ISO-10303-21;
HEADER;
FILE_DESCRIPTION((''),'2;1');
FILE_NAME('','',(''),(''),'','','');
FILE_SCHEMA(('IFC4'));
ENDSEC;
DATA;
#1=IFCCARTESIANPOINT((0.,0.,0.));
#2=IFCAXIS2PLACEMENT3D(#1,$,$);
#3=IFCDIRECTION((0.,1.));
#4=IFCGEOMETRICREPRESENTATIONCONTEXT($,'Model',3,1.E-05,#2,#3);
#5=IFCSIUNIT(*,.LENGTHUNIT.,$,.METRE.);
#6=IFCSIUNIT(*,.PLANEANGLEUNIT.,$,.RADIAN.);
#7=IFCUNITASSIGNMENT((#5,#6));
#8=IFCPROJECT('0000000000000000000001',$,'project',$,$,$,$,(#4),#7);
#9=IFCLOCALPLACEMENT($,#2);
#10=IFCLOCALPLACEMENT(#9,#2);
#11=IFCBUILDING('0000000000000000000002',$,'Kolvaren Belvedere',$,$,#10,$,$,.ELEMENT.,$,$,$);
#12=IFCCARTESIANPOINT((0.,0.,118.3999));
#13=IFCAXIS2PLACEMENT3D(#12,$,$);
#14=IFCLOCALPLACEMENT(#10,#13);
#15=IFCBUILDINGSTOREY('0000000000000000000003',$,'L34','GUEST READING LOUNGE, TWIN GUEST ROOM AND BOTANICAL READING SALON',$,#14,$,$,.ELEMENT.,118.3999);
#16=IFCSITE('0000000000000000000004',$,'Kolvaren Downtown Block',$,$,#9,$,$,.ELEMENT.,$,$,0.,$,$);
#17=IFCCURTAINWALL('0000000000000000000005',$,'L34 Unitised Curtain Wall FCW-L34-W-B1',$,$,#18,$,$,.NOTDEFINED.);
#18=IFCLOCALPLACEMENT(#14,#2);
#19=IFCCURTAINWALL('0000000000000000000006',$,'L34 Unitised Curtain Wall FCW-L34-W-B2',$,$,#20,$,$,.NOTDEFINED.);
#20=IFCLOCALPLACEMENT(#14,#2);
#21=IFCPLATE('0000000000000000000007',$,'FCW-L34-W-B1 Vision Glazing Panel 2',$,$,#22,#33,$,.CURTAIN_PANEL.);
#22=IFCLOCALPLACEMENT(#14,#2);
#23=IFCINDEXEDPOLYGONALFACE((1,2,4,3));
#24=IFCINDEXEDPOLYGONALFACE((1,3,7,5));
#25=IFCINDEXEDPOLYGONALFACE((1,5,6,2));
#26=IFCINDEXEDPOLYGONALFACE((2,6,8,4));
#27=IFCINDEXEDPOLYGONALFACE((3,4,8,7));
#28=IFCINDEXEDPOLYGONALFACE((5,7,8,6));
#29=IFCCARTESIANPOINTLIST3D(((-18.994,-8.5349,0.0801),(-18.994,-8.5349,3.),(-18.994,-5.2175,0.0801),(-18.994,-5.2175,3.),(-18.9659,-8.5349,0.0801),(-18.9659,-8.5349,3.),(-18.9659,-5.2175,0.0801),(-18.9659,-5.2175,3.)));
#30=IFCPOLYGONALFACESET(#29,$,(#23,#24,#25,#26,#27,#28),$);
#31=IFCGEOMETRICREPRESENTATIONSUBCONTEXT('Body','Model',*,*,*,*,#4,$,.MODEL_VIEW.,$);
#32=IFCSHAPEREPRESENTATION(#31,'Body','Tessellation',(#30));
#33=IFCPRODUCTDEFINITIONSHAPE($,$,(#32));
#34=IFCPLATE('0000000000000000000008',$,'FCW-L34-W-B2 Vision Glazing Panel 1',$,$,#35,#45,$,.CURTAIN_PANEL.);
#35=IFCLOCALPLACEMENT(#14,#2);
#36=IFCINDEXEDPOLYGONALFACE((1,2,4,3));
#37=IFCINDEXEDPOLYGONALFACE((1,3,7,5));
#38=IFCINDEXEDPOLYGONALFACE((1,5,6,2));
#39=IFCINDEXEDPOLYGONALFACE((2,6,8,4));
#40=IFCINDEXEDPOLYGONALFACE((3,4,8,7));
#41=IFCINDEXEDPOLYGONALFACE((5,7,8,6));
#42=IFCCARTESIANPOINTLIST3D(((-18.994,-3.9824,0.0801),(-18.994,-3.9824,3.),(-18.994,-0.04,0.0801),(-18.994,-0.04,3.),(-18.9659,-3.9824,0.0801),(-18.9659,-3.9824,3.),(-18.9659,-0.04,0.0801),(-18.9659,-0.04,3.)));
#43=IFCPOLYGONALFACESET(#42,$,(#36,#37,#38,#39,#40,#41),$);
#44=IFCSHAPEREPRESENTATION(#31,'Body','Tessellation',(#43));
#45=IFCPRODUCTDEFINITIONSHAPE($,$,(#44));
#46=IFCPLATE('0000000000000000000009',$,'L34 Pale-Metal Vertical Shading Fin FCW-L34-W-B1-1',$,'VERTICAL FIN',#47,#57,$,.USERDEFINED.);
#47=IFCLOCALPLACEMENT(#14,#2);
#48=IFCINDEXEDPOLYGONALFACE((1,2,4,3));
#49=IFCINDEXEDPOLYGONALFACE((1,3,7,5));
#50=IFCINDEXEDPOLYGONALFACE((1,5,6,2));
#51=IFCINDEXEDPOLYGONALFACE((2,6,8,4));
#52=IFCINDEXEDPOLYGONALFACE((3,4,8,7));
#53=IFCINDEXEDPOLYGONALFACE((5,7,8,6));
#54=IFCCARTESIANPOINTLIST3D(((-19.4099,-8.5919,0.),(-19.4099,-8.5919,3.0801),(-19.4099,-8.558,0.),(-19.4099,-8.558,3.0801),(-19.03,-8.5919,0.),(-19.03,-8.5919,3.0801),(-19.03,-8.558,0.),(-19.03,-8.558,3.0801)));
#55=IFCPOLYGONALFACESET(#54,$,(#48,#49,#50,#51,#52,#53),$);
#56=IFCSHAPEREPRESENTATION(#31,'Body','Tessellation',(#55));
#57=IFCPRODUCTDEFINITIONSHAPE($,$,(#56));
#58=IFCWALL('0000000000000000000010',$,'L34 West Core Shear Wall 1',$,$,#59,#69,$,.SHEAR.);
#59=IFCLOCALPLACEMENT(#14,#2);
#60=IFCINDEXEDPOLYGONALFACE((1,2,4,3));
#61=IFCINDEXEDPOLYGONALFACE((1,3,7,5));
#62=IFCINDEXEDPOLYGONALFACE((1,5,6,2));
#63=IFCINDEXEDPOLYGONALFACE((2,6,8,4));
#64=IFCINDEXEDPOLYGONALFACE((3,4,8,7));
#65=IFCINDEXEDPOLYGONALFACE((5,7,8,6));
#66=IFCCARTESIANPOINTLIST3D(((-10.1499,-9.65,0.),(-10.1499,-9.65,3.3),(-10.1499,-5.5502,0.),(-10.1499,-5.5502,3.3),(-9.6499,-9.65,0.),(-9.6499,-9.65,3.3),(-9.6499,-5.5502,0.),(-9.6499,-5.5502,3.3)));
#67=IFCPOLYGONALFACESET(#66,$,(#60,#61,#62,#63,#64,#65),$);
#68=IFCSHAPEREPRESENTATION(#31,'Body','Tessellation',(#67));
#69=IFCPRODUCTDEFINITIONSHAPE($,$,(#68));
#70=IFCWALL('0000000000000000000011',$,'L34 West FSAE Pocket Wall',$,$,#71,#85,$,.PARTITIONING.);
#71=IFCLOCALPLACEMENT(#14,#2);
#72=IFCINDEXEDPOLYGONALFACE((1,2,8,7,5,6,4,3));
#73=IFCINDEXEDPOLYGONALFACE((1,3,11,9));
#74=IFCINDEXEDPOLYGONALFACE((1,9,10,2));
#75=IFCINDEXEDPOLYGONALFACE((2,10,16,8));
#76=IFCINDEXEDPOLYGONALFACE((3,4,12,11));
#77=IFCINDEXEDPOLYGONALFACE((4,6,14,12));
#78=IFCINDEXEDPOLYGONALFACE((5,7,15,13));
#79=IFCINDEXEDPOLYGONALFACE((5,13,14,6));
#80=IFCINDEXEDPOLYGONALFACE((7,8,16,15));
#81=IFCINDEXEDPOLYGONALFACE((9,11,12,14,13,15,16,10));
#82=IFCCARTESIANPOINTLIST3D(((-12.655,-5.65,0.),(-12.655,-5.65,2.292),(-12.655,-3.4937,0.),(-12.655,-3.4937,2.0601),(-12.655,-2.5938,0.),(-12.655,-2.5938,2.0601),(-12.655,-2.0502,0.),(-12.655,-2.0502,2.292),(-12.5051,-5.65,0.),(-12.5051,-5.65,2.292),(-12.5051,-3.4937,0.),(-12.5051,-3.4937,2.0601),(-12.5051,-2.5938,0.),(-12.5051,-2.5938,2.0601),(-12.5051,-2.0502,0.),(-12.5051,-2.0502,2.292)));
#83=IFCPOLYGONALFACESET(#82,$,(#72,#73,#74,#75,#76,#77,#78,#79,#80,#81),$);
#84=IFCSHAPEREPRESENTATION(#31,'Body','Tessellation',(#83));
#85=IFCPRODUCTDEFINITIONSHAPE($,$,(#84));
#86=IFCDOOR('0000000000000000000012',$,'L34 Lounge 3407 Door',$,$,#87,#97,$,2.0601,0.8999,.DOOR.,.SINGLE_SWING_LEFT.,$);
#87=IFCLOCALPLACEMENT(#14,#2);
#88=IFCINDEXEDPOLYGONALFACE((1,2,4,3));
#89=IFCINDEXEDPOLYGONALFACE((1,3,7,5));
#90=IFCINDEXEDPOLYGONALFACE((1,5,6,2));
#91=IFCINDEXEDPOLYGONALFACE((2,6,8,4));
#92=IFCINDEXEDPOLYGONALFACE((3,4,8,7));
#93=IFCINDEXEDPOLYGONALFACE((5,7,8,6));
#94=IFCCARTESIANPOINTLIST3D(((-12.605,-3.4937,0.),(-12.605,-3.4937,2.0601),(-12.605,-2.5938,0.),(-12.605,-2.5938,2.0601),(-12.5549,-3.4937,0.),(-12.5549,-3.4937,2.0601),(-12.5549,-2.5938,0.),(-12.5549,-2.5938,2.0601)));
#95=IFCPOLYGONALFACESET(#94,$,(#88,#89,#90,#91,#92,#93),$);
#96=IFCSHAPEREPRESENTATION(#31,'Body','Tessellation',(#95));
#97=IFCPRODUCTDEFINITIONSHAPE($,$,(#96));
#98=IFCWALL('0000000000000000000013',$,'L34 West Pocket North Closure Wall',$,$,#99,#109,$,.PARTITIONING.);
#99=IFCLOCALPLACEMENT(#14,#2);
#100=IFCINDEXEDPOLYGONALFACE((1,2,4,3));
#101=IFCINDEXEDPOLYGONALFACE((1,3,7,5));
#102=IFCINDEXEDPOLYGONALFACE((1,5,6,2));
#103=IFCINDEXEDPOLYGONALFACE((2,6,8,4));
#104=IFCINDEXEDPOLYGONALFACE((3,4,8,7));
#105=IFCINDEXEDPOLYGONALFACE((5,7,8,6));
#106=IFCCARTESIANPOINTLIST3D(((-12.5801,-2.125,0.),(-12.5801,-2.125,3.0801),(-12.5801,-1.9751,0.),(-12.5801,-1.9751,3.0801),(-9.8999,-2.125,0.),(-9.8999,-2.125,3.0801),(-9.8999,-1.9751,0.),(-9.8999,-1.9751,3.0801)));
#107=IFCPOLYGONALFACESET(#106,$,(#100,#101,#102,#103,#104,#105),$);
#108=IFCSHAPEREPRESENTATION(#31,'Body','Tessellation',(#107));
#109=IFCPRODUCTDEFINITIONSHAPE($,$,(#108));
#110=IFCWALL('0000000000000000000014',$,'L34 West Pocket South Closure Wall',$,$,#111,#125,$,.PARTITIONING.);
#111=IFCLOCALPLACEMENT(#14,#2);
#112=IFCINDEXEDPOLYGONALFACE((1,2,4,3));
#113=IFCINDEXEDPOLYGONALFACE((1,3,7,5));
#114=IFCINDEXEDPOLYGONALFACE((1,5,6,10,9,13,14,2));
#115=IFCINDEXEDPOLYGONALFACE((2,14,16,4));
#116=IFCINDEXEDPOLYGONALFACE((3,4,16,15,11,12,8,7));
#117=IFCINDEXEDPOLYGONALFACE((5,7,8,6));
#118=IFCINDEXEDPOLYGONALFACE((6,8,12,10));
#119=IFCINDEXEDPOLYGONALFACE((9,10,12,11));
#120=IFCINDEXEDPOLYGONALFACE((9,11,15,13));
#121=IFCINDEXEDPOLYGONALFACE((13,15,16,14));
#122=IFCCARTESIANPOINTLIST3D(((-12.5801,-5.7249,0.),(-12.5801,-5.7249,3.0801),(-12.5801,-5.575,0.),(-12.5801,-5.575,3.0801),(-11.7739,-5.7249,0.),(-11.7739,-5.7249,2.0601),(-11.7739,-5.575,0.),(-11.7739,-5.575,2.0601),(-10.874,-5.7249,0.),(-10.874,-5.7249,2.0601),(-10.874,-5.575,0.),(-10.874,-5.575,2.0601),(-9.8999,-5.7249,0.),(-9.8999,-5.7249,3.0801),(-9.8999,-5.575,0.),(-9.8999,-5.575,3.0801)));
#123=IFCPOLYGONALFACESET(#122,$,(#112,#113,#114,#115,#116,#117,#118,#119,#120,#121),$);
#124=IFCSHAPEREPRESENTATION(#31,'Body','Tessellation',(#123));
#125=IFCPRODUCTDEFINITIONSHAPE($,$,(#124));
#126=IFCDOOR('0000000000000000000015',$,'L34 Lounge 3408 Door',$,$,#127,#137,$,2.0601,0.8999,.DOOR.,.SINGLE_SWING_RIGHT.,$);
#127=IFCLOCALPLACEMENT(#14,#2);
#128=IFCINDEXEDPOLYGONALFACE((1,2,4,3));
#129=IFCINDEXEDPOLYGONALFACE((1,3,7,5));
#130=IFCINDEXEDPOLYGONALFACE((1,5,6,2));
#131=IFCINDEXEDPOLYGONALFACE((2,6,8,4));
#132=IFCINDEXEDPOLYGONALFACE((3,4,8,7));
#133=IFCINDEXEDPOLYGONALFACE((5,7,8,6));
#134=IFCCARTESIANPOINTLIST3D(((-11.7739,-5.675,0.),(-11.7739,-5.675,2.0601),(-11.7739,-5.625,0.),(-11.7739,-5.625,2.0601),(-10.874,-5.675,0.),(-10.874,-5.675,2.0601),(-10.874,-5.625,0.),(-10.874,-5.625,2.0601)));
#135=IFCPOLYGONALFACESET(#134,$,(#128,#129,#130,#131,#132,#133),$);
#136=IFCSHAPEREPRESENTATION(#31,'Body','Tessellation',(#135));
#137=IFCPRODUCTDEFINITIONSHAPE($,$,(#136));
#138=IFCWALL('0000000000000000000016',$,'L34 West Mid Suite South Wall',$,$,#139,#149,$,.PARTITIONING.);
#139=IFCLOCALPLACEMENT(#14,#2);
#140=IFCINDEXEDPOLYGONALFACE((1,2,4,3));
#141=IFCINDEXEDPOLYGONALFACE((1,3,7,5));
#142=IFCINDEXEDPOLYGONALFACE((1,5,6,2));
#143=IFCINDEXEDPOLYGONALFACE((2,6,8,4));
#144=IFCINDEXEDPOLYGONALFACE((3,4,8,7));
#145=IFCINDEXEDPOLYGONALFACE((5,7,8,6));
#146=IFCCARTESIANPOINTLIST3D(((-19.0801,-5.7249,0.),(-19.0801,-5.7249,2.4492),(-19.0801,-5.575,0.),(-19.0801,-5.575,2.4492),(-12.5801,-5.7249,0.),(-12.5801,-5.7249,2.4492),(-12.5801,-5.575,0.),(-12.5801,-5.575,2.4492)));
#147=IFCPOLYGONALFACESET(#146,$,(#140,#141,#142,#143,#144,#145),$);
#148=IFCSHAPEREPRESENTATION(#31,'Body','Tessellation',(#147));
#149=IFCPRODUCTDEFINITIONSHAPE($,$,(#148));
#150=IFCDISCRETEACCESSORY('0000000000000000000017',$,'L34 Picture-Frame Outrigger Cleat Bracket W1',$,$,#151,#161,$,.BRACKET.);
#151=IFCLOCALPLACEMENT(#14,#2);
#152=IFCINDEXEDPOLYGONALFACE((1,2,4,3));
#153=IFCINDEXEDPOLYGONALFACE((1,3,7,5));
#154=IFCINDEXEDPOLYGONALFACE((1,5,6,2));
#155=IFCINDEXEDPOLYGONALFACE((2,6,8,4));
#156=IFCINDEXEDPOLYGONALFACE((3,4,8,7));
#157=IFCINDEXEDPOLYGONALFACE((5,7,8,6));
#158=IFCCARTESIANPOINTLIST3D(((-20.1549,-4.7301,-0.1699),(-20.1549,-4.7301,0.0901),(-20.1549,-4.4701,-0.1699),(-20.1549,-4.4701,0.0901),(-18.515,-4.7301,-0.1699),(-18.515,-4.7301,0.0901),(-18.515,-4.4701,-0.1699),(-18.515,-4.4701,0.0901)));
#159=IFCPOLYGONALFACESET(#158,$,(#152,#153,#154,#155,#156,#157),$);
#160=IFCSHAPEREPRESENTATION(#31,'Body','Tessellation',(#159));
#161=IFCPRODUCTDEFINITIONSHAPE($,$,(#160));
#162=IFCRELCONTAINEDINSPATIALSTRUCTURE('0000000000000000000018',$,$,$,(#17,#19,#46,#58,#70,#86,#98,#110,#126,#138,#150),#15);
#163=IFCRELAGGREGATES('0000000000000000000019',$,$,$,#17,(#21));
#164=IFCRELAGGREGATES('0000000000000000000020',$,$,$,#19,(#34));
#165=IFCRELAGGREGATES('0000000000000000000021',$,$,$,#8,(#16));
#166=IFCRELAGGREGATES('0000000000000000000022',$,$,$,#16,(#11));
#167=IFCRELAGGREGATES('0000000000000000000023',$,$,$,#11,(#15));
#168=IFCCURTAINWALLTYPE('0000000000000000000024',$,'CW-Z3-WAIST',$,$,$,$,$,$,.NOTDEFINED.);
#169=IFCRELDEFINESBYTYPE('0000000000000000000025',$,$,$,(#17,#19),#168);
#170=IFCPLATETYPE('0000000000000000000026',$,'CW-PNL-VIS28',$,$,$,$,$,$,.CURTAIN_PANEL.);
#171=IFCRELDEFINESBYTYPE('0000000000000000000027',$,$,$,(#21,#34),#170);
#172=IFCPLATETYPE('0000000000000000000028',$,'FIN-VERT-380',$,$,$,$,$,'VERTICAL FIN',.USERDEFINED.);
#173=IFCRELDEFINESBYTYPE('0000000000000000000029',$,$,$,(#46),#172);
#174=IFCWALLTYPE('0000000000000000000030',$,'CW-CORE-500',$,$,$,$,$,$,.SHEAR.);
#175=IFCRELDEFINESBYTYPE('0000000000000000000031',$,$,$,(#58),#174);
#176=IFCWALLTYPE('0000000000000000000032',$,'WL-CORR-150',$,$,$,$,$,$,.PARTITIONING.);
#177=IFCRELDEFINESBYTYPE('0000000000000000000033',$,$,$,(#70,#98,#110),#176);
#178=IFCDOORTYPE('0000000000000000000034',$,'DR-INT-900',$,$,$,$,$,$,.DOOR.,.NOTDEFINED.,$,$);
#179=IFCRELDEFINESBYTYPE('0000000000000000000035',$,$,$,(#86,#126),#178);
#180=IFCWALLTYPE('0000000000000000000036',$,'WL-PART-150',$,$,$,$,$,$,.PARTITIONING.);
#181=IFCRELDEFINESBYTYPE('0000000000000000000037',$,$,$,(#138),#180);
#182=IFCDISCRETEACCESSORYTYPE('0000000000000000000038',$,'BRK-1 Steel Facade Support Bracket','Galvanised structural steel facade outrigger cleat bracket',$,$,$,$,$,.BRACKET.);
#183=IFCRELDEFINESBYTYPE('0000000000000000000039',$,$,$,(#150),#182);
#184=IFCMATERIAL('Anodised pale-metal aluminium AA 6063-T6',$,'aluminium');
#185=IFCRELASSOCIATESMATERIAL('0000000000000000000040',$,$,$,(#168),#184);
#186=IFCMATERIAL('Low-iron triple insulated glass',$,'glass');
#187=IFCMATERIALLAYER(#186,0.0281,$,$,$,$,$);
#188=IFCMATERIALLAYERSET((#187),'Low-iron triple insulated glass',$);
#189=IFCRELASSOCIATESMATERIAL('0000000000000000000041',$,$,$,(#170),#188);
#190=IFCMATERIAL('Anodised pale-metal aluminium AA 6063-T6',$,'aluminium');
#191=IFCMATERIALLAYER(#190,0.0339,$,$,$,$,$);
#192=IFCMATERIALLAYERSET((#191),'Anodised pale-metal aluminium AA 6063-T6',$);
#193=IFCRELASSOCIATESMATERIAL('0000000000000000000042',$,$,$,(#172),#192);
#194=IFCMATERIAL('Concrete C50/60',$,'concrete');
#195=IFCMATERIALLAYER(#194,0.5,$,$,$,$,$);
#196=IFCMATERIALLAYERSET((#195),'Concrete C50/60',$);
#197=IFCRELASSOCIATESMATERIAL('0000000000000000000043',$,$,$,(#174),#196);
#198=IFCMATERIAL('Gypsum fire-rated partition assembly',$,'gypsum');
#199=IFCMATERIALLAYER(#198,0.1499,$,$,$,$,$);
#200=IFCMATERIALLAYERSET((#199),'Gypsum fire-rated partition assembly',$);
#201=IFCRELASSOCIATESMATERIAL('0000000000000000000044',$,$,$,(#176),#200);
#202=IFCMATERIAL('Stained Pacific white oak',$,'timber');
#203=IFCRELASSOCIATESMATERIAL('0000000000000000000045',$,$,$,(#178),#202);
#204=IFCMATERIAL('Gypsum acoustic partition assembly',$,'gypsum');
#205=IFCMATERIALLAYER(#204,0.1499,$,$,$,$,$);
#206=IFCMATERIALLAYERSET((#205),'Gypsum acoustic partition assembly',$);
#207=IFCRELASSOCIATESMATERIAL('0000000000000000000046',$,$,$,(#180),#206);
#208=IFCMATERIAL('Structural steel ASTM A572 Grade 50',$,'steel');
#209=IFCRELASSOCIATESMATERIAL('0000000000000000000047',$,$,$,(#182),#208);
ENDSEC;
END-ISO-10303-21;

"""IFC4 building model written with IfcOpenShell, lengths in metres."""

from ifc_helpers import new_model, si_unit, direction, frame, frame_2d, origin, origin_2d, place, context, subcontext, project, spatial, rectangle, extrude, material, layer, layer_set, type_object, element, fill, aggregate, save


model = new_model("IFC4")

# Units and contexts
model_context = context("Model", 3, precision=1e-05, world=origin(), true_north=direction((0.0, 1.0)))
body_context = subcontext(model_context, "Body", "Model", "MODEL_VIEW")
ifc_project = project(units=[si_unit("LENGTHUNIT", "METRE"), si_unit("PLANEANGLEUNIT", "RADIAN")], contexts=[model_context])

# Site, building, storey
site_placement = place(None, origin())
site = spatial("IfcSite", under=ifc_project, at=site_placement, Name="Kolvaren Downtown Block", CompositionType="ELEMENT", RefElevation=0.0)
building_placement = place(site_placement, origin())
building = spatial("IfcBuilding", under=site, at=building_placement, Name="Kolvaren Belvedere", CompositionType="ELEMENT")
storey_placement = place(building_placement, frame((0.0, 0.0, 118.3999)))
storey = spatial("IfcBuildingStorey", under=building, at=storey_placement, Name="L34", Description="GUEST READING LOUNGE, TWIN GUEST ROOM AND BOTANICAL READING SALON", CompositionType="ELEMENT", Elevation=118.3999)

# Curtain wall
ifc_material_1 = material(Name="Anodised pale-metal aluminium AA 6063-T6", Category="aluminium")
curtain_wall_type = type_object("IfcCurtainWallType", Name="CW-Z3-WAIST", PredefinedType="NOTDEFINED", material=ifc_material_1)
curtain_wall_1_placement = place(storey_placement, origin())
curtain_wall_1 = element("IfcCurtainWall", 1, at=curtain_wall_1_placement, inside=storey, type_object=curtain_wall_type, Name="L34 Unitised Curtain Wall FCW-L34-W-B1", PredefinedType="NOTDEFINED")

# Curtain wall
curtain_wall_2_placement = place(storey_placement, origin())
curtain_wall_2 = element("IfcCurtainWall", 2, at=curtain_wall_2_placement, inside=storey, type_object=curtain_wall_type, Name="L34 Unitised Curtain Wall FCW-L34-W-B2", PredefinedType="NOTDEFINED")

# Plates
ifc_material_2 = material(Name="Low-iron triple insulated glass", Category="glass")
ifc_layer_1 = layer(ifc_material_2, 0.0281)
ifc_layer_set_1 = layer_set([ifc_layer_1], Name="Low-iron triple insulated glass")
plate_type_1 = type_object("IfcPlateType", Name="CW-PNL-VIS28", PredefinedType="CURTAIN_PANEL", material=ifc_layer_set_1)
plate_1_placement = place(storey_placement, frame((-18.98, -6.8762, 0.0801), z_axis=(0.0, 0.0, 1.0), x_axis=(0.0, 1.0, 0.0)))
plate_1 = element("IfcPlate", 3, at=plate_1_placement, type_object=plate_type_1, Name="FCW-L34-W-B1 Vision Glazing Panel 2", PredefinedType="CURTAIN_PANEL", context=body_context, shape_type="SweptSolid", body=[
    extrude(rectangle(XDim=3.3174, YDim=0.0281, at=origin_2d()), origin(), (0.0, 0.0, 1.0), 2.9199),
])
aggregate(curtain_wall_1, [plate_1])
plate_2_placement = place(storey_placement, frame((-18.98, -2.0112, 0.0801), z_axis=(0.0, 0.0, 1.0), x_axis=(0.0, 1.0, 0.0)))
plate_2 = element("IfcPlate", 4, at=plate_2_placement, type_object=plate_type_1, Name="FCW-L34-W-B2 Vision Glazing Panel 1", PredefinedType="CURTAIN_PANEL", context=body_context, shape_type="SweptSolid", body=[
    extrude(rectangle(XDim=3.9424, YDim=0.0281, at=origin_2d()), origin(), (0.0, 0.0, 1.0), 2.9199),
])
aggregate(curtain_wall_2, [plate_2])
ifc_material_3 = material(Name="Anodised pale-metal aluminium AA 6063-T6", Category="aluminium")
ifc_layer_2 = layer(ifc_material_3, 0.0339)
ifc_layer_set_2 = layer_set([ifc_layer_2], Name="Anodised pale-metal aluminium AA 6063-T6")
plate_type_2 = type_object("IfcPlateType", Name="FIN-VERT-380", ElementType="VERTICAL FIN", PredefinedType="USERDEFINED", material=ifc_layer_set_2)
plate_3_placement = place(storey_placement, frame((-19.22, -8.575, 0.0), z_axis=(0.0, 0.0, 1.0), x_axis=(1.0, 0.0, 0.0)))
element("IfcPlate", 5, at=plate_3_placement, inside=storey, type_object=plate_type_2, Name="L34 Pale-Metal Vertical Shading Fin FCW-L34-W-B1-1", ObjectType="VERTICAL FIN", PredefinedType="USERDEFINED", context=body_context, shape_type="SweptSolid", body=[
    extrude(rectangle(XDim=0.3799, YDim=0.0339, at=origin_2d()), origin(), (0.0, 0.0, 1.0), 3.0801),
])

# Wall
ifc_material_4 = material(Name="Concrete C50/60", Category="concrete")
ifc_layer_3 = layer(ifc_material_4, 0.5)
ifc_layer_set_3 = layer_set([ifc_layer_3], Name="Concrete C50/60")
wall_type_1 = type_object("IfcWallType", Name="CW-CORE-500", PredefinedType="SHEAR", material=ifc_layer_set_3)
wall_1_placement = place(storey_placement, frame((-9.8999, -9.6499, 0.0), z_axis=(0.0, 0.0, 1.0), x_axis=(0.0, 1.0, 0.0)))
element("IfcWall", 6, at=wall_1_placement, inside=storey, type_object=wall_type_1, Name="L34 West Core Shear Wall 1", PredefinedType="SHEAR", context=body_context, shape_type="SweptSolid", body=[
    extrude(rectangle(XDim=4.0999, YDim=0.5, at=frame_2d((2.0498, 0.0))), origin(), (0.0, 0.0, 1.0), 3.3),
])

# Wall, opening, door
ifc_material_5 = material(Name="Gypsum fire-rated partition assembly", Category="gypsum")
ifc_layer_4 = layer(ifc_material_5, 0.1499)
ifc_layer_set_4 = layer_set([ifc_layer_4], Name="Gypsum fire-rated partition assembly")
wall_type_2 = type_object("IfcWallType", Name="WL-CORR-150", PredefinedType="PARTITIONING", material=ifc_layer_set_4)
wall_2_placement = place(storey_placement, frame((-12.5801, -5.6499, 0.0), z_axis=(0.0, 0.0, 1.0), x_axis=(0.0, 1.0, 0.0)))
wall_2 = element("IfcWall", 7, at=wall_2_placement, inside=storey, type_object=wall_type_2, Name="L34 West FSAE Pocket Wall", PredefinedType="PARTITIONING", context=body_context, shape_type="SweptSolid", body=[
    extrude(rectangle(XDim=3.5999, YDim=0.1499, at=frame_2d((1.7998, 0.0))), origin(), (0.0, 0.0, 1.0), 2.292),
])
opening_1_placement = place(wall_2_placement, frame((2.1562, 0.0, 0.0)))
opening_1 = element("IfcOpeningElement", 8, at=opening_1_placement, cuts=wall_2, PredefinedType="OPENING", context=body_context, shape_type="SweptSolid", body=[
    extrude(rectangle(XDim=0.8999, YDim=2.0601, at=frame_2d((0.45, 1.03))), frame((0.0, 0.085, 0.0), z_axis=(0.0, -1.0, 0.0), x_axis=(1.0, 0.0, 0.0)), (0.0, 0.0, 1.0), 0.1699),
])
ifc_material_6 = material(Name="Stained Pacific white oak", Category="timber")
door_type = type_object("IfcDoorType", Name="DR-INT-900", OperationType="NOTDEFINED", PredefinedType="DOOR", material=ifc_material_6)
door_1_placement = place(opening_1_placement, origin())
door_1 = element("IfcDoor", 9, at=door_1_placement, inside=storey, type_object=door_type, Name="L34 Lounge 3407 Door", OperationType="SINGLE_SWING_LEFT", OverallHeight=2.0601, OverallWidth=0.8999, PredefinedType="DOOR", context=body_context, shape_type="SweptSolid", body=[
    extrude(rectangle(XDim=0.8999, YDim=2.0601, at=frame_2d((0.45, 1.03))), frame((0.0, 0.0249, 0.0), z_axis=(0.0, -1.0, 0.0), x_axis=(1.0, 0.0, 0.0)), (0.0, 0.0, 1.0), 0.05),
])
fill(opening_1, door_1)

# Wall
wall_3_placement = place(storey_placement, frame((-12.5801, -2.05, 0.0), z_axis=(0.0, 0.0, 1.0), x_axis=(1.0, 0.0, 0.0)))
element("IfcWall", 10, at=wall_3_placement, inside=storey, type_object=wall_type_2, Name="L34 West Pocket North Closure Wall", PredefinedType="PARTITIONING", context=body_context, shape_type="SweptSolid", body=[
    extrude(rectangle(XDim=2.6802, YDim=0.1499, at=frame_2d((1.3401, 0.0))), origin(), (0.0, 0.0, 1.0), 3.0801),
])

# Wall, opening, door
wall_4_placement = place(storey_placement, frame((-12.5801, -5.6499, 0.0), z_axis=(0.0, 0.0, 1.0), x_axis=(1.0, 0.0, 0.0)))
wall_4 = element("IfcWall", 11, at=wall_4_placement, inside=storey, type_object=wall_type_2, Name="L34 West Pocket South Closure Wall", PredefinedType="PARTITIONING", context=body_context, shape_type="SweptSolid", body=[
    extrude(rectangle(XDim=2.6802, YDim=0.1499, at=frame_2d((1.3401, 0.0))), origin(), (0.0, 0.0, 1.0), 3.0801),
])
opening_2_placement = place(wall_4_placement, frame((0.8062, 0.0, 0.0)))
opening_2 = element("IfcOpeningElement", 12, at=opening_2_placement, cuts=wall_4, PredefinedType="OPENING", context=body_context, shape_type="SweptSolid", body=[
    extrude(rectangle(XDim=0.8999, YDim=2.0601, at=frame_2d((0.45, 1.03))), frame((0.0, 0.085, 0.0), z_axis=(0.0, -1.0, 0.0), x_axis=(1.0, 0.0, 0.0)), (0.0, 0.0, 1.0), 0.1699),
])
door_2_placement = place(opening_2_placement, origin())
door_2 = element("IfcDoor", 13, at=door_2_placement, inside=storey, type_object=door_type, Name="L34 Lounge 3408 Door", OperationType="SINGLE_SWING_RIGHT", OverallHeight=2.0601, OverallWidth=0.8999, PredefinedType="DOOR", context=body_context, shape_type="SweptSolid", body=[
    extrude(rectangle(XDim=0.8999, YDim=2.0601, at=frame_2d((0.45, 1.03))), frame((0.0, 0.0249, 0.0), z_axis=(0.0, -1.0, 0.0), x_axis=(1.0, 0.0, 0.0)), (0.0, 0.0, 1.0), 0.05),
])
fill(opening_2, door_2)

# Wall
ifc_material_7 = material(Name="Gypsum acoustic partition assembly", Category="gypsum")
ifc_layer_5 = layer(ifc_material_7, 0.1499)
ifc_layer_set_5 = layer_set([ifc_layer_5], Name="Gypsum acoustic partition assembly")
wall_type_3 = type_object("IfcWallType", Name="WL-PART-150", PredefinedType="PARTITIONING", material=ifc_layer_set_5)
wall_5_placement = place(storey_placement, frame((-19.0801, -5.6499, 0.0), z_axis=(0.0, 0.0, 1.0), x_axis=(1.0, 0.0, 0.0)))
element("IfcWall", 14, at=wall_5_placement, inside=storey, type_object=wall_type_3, Name="L34 West Mid Suite South Wall", PredefinedType="PARTITIONING", context=body_context, shape_type="SweptSolid", body=[
    extrude(rectangle(XDim=6.5, YDim=0.1499, at=frame_2d((3.25, 0.0))), origin(), (0.0, 0.0, 1.0), 2.4492),
])

# Discrete accessory
ifc_material_8 = material(Name="Structural steel ASTM A572 Grade 50", Category="steel")
discrete_accessory_type = type_object("IfcDiscreteAccessoryType", Name="BRK-1 Steel Facade Support Bracket", Description="Galvanised structural steel facade outrigger cleat bracket", PredefinedType="BRACKET", material=ifc_material_8)
discrete_accessory_placement = place(storey_placement, frame((-19.335, -4.6001, -0.1699), z_axis=(0.0, 0.0, 1.0), x_axis=(1.0, 0.0, 0.0)))
element("IfcDiscreteAccessory", 15, at=discrete_accessory_placement, inside=storey, type_object=discrete_accessory_type, Name="L34 Picture-Frame Outrigger Cleat Bracket W1", PredefinedType="BRACKET", context=body_context, shape_type="SweptSolid", body=[
    extrude(rectangle(XDim=1.6399, YDim=0.26, at=origin_2d()), origin(), (0.0, 0.0, 1.0), 0.26),
])

save(model, "model.ifc")
